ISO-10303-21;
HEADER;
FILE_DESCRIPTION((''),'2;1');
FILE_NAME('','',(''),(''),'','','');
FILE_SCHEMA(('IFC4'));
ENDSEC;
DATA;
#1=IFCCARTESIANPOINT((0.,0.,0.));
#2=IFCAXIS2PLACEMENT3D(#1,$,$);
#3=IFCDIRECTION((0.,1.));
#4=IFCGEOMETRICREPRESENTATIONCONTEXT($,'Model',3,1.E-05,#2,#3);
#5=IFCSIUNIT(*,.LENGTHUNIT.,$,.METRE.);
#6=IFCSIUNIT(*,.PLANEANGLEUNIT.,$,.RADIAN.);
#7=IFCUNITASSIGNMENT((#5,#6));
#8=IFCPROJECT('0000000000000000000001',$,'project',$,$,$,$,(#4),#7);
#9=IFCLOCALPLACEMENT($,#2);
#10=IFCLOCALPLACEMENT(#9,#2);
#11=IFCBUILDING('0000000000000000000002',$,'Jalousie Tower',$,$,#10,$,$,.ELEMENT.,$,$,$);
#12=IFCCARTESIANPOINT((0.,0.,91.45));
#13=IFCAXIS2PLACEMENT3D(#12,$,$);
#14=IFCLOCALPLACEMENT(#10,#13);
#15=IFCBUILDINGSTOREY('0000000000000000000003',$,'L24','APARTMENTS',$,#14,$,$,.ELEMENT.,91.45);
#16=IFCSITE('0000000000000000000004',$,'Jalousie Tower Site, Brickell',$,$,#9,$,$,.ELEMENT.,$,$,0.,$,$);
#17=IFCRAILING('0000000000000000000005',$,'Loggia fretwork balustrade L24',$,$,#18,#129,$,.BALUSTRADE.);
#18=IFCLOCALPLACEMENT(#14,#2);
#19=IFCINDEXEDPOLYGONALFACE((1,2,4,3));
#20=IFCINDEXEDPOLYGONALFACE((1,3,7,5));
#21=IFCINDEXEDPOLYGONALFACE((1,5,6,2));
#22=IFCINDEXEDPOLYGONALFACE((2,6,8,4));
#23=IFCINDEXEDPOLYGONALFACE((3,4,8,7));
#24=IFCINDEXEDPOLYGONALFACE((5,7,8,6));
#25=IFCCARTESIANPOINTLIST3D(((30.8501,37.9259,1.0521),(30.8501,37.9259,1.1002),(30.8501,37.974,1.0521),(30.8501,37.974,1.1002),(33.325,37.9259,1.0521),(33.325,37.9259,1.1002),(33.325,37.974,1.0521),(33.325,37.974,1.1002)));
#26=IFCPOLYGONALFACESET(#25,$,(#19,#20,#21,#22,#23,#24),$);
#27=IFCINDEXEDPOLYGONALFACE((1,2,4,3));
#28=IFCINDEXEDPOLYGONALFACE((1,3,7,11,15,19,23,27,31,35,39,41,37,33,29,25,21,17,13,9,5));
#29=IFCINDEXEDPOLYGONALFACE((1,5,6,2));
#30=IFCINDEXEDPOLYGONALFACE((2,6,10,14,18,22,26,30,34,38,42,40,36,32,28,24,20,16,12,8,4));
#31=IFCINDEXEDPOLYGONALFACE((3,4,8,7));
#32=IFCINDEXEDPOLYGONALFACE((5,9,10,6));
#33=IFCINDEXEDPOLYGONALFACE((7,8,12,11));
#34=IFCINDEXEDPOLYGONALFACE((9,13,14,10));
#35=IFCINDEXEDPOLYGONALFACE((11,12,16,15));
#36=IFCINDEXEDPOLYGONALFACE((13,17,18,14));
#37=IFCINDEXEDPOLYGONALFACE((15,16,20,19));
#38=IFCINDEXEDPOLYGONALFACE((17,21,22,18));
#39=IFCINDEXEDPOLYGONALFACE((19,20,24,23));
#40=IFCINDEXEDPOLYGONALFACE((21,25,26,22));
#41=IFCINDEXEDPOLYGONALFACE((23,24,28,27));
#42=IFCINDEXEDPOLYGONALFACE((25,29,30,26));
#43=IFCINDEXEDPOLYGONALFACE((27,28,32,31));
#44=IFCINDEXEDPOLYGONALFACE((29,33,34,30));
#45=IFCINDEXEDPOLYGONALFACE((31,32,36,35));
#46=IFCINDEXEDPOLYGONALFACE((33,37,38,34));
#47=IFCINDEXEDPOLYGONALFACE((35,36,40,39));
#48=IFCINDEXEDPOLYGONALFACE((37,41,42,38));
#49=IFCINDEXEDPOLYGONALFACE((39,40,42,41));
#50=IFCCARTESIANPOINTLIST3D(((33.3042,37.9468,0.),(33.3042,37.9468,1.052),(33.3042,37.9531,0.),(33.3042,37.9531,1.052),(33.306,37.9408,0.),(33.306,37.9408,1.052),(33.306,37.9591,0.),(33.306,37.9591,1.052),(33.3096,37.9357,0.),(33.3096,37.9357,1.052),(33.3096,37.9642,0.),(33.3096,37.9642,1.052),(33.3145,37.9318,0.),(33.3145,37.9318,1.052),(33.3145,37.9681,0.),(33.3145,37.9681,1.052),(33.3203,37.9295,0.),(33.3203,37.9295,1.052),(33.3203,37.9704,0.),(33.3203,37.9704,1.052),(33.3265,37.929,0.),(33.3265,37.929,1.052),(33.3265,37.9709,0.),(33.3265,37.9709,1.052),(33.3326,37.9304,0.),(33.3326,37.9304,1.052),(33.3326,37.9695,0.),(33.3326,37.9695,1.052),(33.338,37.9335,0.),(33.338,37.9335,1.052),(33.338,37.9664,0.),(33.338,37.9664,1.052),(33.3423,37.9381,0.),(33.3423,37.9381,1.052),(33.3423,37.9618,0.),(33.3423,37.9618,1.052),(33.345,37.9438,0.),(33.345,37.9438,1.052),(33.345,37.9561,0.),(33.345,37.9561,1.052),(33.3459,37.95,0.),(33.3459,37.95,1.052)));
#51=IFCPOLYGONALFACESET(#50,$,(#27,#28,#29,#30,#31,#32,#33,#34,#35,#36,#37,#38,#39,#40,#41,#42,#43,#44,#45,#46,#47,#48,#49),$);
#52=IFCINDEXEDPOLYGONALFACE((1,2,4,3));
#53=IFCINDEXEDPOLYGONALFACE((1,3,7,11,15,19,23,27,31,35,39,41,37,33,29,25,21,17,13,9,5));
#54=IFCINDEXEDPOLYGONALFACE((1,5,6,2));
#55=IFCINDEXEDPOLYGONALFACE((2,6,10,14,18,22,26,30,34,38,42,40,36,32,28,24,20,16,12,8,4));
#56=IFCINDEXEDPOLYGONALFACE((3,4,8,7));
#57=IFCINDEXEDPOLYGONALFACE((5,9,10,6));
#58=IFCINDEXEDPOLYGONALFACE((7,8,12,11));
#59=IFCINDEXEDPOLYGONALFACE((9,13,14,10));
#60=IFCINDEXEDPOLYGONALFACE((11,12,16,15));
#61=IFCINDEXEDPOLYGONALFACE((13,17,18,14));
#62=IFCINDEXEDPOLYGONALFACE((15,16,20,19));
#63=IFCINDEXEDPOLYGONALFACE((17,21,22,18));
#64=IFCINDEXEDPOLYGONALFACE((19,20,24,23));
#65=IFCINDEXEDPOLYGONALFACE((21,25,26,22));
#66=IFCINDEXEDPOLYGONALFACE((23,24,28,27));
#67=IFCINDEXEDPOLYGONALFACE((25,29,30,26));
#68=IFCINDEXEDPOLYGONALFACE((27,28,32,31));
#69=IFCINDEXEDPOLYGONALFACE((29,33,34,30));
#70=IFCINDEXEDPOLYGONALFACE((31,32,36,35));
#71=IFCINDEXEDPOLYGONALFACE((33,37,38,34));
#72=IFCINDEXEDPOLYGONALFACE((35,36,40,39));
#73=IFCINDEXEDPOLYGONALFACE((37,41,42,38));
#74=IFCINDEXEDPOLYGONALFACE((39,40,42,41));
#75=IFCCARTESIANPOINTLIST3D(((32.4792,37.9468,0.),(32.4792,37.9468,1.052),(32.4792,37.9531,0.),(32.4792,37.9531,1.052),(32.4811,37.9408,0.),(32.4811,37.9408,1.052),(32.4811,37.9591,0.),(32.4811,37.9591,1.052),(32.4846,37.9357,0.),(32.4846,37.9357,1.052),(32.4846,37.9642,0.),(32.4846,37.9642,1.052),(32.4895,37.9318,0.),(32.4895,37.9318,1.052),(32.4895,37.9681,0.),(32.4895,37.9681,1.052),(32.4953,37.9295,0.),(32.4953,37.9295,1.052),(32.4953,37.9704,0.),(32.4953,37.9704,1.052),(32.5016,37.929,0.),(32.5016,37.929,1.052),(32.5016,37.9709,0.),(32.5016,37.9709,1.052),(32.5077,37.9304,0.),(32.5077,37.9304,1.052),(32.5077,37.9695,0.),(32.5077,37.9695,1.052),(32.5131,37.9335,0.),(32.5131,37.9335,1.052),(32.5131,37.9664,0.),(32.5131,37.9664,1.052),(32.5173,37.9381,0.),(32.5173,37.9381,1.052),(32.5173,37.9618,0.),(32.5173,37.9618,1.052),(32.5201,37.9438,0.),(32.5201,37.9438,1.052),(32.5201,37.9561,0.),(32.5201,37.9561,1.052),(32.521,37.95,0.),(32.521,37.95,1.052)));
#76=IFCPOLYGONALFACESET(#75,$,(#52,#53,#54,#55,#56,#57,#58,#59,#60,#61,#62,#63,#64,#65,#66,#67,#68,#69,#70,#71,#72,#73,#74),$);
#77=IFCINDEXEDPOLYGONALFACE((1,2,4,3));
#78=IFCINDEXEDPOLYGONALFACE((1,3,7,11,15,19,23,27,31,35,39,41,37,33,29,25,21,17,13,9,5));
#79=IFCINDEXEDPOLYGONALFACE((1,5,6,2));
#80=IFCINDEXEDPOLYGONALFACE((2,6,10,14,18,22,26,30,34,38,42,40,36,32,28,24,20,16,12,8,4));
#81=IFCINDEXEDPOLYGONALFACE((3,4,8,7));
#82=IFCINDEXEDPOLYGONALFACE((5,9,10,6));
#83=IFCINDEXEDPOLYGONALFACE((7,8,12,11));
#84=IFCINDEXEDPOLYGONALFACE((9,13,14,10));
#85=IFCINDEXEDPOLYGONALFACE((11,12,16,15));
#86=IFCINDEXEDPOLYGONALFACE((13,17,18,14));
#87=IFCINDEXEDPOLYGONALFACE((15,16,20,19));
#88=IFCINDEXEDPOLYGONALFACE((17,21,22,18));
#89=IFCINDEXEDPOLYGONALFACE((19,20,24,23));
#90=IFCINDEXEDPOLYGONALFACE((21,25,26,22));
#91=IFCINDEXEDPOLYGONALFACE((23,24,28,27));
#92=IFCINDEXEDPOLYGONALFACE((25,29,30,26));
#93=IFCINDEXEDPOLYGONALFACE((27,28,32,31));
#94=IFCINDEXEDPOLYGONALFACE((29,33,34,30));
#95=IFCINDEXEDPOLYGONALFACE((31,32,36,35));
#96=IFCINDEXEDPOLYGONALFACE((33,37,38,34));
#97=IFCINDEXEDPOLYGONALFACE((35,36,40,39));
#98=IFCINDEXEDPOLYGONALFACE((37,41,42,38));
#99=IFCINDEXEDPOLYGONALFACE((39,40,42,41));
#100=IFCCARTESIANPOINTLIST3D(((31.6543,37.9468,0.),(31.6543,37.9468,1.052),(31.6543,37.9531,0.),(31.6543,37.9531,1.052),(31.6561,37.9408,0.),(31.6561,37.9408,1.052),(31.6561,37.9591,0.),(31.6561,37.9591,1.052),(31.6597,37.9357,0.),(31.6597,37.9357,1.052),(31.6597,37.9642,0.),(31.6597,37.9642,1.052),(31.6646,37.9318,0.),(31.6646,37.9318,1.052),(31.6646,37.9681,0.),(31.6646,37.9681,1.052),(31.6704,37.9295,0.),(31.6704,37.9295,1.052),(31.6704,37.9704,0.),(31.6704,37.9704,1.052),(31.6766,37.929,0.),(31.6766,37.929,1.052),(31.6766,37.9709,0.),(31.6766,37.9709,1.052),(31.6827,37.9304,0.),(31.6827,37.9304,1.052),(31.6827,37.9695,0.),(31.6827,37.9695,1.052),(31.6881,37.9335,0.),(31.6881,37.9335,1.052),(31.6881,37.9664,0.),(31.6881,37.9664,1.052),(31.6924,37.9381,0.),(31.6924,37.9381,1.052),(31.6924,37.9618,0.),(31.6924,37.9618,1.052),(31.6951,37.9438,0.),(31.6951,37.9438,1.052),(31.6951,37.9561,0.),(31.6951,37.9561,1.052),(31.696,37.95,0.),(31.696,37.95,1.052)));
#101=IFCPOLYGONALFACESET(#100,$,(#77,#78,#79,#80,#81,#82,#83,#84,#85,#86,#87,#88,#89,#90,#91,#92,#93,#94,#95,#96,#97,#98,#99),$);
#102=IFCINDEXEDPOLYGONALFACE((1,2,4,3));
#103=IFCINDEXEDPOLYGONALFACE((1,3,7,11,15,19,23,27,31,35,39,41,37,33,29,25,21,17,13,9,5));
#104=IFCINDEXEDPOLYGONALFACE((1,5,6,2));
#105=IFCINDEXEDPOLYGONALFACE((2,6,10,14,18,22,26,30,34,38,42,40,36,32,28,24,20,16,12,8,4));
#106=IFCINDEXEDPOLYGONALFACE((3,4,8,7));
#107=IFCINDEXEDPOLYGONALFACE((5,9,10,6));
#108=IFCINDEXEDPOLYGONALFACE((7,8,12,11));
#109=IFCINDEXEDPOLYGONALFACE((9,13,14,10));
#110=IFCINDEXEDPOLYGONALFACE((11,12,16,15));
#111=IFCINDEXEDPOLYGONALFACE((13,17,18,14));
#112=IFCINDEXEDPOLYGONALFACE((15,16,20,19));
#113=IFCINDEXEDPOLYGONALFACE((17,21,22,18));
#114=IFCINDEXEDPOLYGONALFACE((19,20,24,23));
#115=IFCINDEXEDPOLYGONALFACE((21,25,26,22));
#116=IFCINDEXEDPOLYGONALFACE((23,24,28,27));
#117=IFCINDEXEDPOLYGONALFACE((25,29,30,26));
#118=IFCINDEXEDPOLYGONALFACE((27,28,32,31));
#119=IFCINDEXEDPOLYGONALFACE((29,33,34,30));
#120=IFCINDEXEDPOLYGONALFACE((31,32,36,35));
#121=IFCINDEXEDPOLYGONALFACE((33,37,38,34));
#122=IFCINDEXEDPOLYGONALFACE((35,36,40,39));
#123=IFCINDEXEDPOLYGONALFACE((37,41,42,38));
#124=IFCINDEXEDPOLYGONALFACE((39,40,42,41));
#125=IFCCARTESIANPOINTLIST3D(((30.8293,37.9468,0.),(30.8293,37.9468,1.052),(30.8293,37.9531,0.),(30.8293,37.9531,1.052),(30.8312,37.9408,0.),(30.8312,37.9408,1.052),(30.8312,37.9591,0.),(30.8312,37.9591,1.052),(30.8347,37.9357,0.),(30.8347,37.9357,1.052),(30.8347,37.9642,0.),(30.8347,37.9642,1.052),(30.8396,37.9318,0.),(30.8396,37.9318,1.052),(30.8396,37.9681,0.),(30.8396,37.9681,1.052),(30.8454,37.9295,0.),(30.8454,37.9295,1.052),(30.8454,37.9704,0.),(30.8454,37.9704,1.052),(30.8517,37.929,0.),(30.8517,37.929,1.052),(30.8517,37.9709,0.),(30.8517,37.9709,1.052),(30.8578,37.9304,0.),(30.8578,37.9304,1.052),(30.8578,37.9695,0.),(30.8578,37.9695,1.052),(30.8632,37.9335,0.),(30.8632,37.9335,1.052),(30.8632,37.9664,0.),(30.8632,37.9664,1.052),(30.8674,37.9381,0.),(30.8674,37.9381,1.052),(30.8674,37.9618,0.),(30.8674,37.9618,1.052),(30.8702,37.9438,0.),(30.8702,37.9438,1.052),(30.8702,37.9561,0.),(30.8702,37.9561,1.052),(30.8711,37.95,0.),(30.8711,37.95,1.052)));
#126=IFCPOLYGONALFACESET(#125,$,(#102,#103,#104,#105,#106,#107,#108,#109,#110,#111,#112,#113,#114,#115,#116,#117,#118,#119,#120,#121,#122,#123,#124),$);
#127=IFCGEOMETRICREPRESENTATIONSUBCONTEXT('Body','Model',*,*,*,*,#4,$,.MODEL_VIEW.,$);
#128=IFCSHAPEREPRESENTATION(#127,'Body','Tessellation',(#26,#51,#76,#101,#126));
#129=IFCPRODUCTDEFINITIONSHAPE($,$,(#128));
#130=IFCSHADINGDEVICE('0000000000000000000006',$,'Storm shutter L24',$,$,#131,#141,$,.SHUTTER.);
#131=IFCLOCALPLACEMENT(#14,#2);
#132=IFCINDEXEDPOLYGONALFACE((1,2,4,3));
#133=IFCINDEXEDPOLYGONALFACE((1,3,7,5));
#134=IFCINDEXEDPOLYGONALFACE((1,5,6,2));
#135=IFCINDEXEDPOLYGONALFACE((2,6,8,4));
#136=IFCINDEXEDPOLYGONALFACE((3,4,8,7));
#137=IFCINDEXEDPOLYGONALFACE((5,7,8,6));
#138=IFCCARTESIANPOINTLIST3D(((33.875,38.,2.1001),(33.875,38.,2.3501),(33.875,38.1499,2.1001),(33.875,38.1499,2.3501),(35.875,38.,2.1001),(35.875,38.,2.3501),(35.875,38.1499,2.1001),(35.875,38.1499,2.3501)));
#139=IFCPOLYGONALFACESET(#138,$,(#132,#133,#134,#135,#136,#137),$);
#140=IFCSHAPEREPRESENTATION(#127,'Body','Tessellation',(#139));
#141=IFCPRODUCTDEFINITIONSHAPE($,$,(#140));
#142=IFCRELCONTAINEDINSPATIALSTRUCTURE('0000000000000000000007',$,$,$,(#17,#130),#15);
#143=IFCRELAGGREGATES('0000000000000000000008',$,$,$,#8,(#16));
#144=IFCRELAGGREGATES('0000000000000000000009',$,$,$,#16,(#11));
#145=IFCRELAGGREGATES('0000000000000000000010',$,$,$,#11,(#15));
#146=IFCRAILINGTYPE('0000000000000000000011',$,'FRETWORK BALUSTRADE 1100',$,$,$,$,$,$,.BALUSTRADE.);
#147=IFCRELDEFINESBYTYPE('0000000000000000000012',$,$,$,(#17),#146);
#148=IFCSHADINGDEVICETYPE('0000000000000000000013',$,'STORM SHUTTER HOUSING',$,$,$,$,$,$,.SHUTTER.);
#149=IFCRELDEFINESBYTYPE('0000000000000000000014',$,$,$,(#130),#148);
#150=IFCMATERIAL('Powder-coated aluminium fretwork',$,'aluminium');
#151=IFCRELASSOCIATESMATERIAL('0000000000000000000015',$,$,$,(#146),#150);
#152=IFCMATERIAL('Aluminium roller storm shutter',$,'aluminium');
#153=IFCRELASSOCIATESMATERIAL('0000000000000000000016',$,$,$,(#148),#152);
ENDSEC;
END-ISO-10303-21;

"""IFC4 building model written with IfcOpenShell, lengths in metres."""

from ifc_helpers import new_model, si_unit, direction, frame, origin, origin_2d, place, context, subcontext, project, spatial, rectangle, circle, extrude, material, type_object, element, save


model = new_model("IFC4")

# Units and contexts
model_context = context("Model", 3, precision=1e-05, world=origin(), true_north=direction((0.0, 1.0)))
body_context = subcontext(model_context, "Body", "Model", "MODEL_VIEW")
ifc_project = project(units=[si_unit("LENGTHUNIT", "METRE"), si_unit("PLANEANGLEUNIT", "RADIAN")], contexts=[model_context])

# Site, building, storey
site_placement = place(None, origin())
site = spatial("IfcSite", under=ifc_project, at=site_placement, Name="Jalousie Tower Site, Brickell", CompositionType="ELEMENT", RefElevation=0.0)
building_placement = place(site_placement, origin())
building = spatial("IfcBuilding", under=site, at=building_placement, Name="Jalousie Tower", CompositionType="ELEMENT")
storey_placement = place(building_placement, frame((0.0, 0.0, 91.45)))
storey = spatial("IfcBuildingStorey", under=building, at=storey_placement, Name="L24", Description="APARTMENTS", CompositionType="ELEMENT", Elevation=91.45)

# Railing
ifc_material_1 = material(Name="Powder-coated aluminium fretwork", Category="aluminium")
railing_type = type_object("IfcRailingType", Name="FRETWORK BALUSTRADE 1100", PredefinedType="BALUSTRADE", material=ifc_material_1)
railing_placement = place(storey_placement, frame((33.325, 37.95, 0.0)))
element("IfcRailing", 1, at=railing_placement, inside=storey, type_object=railing_type, Name="Loggia fretwork balustrade L24", PredefinedType="BALUSTRADE", context=body_context, shape_type="SweptSolid", body=[
    extrude(rectangle(XDim=0.0481, YDim=0.0481, at=origin_2d()), frame((0.0, 0.0, 1.0762), z_axis=(-1.0, 0.0, 0.0), x_axis=(0.0, -1.0, 0.0)), (0.0, 0.0, 1.0), 2.4749),
    extrude(circle(Radius=0.021, at=origin_2d()), origin(), (0.0, 0.0, 1.0), 1.052),
    extrude(circle(Radius=0.021, at=origin_2d()), frame((-0.825, 0.0, 0.0)), (0.0, 0.0, 1.0), 1.052),
    extrude(circle(Radius=0.021, at=origin_2d()), frame((-1.6499, 0.0, 0.0)), (0.0, 0.0, 1.0), 1.052),
    extrude(circle(Radius=0.021, at=origin_2d()), frame((-2.4749, 0.0, 0.0)), (0.0, 0.0, 1.0), 1.052),
])

# Shading device
ifc_material_2 = material(Name="Aluminium roller storm shutter", Category="aluminium")
shading_device_type = type_object("IfcShadingDeviceType", Name="STORM SHUTTER HOUSING", PredefinedType="SHUTTER", material=ifc_material_2)
shading_device_placement = place(storey_placement, frame((34.875, 38.075, 2.1001), z_axis=(0.0, 0.0, 1.0), x_axis=(-1.0, 0.0, 0.0)))
element("IfcShadingDevice", 2, at=shading_device_placement, inside=storey, type_object=shading_device_type, Name="Storm shutter L24", PredefinedType="SHUTTER", context=body_context, shape_type="SweptSolid", body=[
    extrude(rectangle(XDim=2.0, YDim=0.1499, at=origin_2d()), origin(), (0.0, 0.0, 1.0), 0.25),
])

save(model, "model.ifc")
